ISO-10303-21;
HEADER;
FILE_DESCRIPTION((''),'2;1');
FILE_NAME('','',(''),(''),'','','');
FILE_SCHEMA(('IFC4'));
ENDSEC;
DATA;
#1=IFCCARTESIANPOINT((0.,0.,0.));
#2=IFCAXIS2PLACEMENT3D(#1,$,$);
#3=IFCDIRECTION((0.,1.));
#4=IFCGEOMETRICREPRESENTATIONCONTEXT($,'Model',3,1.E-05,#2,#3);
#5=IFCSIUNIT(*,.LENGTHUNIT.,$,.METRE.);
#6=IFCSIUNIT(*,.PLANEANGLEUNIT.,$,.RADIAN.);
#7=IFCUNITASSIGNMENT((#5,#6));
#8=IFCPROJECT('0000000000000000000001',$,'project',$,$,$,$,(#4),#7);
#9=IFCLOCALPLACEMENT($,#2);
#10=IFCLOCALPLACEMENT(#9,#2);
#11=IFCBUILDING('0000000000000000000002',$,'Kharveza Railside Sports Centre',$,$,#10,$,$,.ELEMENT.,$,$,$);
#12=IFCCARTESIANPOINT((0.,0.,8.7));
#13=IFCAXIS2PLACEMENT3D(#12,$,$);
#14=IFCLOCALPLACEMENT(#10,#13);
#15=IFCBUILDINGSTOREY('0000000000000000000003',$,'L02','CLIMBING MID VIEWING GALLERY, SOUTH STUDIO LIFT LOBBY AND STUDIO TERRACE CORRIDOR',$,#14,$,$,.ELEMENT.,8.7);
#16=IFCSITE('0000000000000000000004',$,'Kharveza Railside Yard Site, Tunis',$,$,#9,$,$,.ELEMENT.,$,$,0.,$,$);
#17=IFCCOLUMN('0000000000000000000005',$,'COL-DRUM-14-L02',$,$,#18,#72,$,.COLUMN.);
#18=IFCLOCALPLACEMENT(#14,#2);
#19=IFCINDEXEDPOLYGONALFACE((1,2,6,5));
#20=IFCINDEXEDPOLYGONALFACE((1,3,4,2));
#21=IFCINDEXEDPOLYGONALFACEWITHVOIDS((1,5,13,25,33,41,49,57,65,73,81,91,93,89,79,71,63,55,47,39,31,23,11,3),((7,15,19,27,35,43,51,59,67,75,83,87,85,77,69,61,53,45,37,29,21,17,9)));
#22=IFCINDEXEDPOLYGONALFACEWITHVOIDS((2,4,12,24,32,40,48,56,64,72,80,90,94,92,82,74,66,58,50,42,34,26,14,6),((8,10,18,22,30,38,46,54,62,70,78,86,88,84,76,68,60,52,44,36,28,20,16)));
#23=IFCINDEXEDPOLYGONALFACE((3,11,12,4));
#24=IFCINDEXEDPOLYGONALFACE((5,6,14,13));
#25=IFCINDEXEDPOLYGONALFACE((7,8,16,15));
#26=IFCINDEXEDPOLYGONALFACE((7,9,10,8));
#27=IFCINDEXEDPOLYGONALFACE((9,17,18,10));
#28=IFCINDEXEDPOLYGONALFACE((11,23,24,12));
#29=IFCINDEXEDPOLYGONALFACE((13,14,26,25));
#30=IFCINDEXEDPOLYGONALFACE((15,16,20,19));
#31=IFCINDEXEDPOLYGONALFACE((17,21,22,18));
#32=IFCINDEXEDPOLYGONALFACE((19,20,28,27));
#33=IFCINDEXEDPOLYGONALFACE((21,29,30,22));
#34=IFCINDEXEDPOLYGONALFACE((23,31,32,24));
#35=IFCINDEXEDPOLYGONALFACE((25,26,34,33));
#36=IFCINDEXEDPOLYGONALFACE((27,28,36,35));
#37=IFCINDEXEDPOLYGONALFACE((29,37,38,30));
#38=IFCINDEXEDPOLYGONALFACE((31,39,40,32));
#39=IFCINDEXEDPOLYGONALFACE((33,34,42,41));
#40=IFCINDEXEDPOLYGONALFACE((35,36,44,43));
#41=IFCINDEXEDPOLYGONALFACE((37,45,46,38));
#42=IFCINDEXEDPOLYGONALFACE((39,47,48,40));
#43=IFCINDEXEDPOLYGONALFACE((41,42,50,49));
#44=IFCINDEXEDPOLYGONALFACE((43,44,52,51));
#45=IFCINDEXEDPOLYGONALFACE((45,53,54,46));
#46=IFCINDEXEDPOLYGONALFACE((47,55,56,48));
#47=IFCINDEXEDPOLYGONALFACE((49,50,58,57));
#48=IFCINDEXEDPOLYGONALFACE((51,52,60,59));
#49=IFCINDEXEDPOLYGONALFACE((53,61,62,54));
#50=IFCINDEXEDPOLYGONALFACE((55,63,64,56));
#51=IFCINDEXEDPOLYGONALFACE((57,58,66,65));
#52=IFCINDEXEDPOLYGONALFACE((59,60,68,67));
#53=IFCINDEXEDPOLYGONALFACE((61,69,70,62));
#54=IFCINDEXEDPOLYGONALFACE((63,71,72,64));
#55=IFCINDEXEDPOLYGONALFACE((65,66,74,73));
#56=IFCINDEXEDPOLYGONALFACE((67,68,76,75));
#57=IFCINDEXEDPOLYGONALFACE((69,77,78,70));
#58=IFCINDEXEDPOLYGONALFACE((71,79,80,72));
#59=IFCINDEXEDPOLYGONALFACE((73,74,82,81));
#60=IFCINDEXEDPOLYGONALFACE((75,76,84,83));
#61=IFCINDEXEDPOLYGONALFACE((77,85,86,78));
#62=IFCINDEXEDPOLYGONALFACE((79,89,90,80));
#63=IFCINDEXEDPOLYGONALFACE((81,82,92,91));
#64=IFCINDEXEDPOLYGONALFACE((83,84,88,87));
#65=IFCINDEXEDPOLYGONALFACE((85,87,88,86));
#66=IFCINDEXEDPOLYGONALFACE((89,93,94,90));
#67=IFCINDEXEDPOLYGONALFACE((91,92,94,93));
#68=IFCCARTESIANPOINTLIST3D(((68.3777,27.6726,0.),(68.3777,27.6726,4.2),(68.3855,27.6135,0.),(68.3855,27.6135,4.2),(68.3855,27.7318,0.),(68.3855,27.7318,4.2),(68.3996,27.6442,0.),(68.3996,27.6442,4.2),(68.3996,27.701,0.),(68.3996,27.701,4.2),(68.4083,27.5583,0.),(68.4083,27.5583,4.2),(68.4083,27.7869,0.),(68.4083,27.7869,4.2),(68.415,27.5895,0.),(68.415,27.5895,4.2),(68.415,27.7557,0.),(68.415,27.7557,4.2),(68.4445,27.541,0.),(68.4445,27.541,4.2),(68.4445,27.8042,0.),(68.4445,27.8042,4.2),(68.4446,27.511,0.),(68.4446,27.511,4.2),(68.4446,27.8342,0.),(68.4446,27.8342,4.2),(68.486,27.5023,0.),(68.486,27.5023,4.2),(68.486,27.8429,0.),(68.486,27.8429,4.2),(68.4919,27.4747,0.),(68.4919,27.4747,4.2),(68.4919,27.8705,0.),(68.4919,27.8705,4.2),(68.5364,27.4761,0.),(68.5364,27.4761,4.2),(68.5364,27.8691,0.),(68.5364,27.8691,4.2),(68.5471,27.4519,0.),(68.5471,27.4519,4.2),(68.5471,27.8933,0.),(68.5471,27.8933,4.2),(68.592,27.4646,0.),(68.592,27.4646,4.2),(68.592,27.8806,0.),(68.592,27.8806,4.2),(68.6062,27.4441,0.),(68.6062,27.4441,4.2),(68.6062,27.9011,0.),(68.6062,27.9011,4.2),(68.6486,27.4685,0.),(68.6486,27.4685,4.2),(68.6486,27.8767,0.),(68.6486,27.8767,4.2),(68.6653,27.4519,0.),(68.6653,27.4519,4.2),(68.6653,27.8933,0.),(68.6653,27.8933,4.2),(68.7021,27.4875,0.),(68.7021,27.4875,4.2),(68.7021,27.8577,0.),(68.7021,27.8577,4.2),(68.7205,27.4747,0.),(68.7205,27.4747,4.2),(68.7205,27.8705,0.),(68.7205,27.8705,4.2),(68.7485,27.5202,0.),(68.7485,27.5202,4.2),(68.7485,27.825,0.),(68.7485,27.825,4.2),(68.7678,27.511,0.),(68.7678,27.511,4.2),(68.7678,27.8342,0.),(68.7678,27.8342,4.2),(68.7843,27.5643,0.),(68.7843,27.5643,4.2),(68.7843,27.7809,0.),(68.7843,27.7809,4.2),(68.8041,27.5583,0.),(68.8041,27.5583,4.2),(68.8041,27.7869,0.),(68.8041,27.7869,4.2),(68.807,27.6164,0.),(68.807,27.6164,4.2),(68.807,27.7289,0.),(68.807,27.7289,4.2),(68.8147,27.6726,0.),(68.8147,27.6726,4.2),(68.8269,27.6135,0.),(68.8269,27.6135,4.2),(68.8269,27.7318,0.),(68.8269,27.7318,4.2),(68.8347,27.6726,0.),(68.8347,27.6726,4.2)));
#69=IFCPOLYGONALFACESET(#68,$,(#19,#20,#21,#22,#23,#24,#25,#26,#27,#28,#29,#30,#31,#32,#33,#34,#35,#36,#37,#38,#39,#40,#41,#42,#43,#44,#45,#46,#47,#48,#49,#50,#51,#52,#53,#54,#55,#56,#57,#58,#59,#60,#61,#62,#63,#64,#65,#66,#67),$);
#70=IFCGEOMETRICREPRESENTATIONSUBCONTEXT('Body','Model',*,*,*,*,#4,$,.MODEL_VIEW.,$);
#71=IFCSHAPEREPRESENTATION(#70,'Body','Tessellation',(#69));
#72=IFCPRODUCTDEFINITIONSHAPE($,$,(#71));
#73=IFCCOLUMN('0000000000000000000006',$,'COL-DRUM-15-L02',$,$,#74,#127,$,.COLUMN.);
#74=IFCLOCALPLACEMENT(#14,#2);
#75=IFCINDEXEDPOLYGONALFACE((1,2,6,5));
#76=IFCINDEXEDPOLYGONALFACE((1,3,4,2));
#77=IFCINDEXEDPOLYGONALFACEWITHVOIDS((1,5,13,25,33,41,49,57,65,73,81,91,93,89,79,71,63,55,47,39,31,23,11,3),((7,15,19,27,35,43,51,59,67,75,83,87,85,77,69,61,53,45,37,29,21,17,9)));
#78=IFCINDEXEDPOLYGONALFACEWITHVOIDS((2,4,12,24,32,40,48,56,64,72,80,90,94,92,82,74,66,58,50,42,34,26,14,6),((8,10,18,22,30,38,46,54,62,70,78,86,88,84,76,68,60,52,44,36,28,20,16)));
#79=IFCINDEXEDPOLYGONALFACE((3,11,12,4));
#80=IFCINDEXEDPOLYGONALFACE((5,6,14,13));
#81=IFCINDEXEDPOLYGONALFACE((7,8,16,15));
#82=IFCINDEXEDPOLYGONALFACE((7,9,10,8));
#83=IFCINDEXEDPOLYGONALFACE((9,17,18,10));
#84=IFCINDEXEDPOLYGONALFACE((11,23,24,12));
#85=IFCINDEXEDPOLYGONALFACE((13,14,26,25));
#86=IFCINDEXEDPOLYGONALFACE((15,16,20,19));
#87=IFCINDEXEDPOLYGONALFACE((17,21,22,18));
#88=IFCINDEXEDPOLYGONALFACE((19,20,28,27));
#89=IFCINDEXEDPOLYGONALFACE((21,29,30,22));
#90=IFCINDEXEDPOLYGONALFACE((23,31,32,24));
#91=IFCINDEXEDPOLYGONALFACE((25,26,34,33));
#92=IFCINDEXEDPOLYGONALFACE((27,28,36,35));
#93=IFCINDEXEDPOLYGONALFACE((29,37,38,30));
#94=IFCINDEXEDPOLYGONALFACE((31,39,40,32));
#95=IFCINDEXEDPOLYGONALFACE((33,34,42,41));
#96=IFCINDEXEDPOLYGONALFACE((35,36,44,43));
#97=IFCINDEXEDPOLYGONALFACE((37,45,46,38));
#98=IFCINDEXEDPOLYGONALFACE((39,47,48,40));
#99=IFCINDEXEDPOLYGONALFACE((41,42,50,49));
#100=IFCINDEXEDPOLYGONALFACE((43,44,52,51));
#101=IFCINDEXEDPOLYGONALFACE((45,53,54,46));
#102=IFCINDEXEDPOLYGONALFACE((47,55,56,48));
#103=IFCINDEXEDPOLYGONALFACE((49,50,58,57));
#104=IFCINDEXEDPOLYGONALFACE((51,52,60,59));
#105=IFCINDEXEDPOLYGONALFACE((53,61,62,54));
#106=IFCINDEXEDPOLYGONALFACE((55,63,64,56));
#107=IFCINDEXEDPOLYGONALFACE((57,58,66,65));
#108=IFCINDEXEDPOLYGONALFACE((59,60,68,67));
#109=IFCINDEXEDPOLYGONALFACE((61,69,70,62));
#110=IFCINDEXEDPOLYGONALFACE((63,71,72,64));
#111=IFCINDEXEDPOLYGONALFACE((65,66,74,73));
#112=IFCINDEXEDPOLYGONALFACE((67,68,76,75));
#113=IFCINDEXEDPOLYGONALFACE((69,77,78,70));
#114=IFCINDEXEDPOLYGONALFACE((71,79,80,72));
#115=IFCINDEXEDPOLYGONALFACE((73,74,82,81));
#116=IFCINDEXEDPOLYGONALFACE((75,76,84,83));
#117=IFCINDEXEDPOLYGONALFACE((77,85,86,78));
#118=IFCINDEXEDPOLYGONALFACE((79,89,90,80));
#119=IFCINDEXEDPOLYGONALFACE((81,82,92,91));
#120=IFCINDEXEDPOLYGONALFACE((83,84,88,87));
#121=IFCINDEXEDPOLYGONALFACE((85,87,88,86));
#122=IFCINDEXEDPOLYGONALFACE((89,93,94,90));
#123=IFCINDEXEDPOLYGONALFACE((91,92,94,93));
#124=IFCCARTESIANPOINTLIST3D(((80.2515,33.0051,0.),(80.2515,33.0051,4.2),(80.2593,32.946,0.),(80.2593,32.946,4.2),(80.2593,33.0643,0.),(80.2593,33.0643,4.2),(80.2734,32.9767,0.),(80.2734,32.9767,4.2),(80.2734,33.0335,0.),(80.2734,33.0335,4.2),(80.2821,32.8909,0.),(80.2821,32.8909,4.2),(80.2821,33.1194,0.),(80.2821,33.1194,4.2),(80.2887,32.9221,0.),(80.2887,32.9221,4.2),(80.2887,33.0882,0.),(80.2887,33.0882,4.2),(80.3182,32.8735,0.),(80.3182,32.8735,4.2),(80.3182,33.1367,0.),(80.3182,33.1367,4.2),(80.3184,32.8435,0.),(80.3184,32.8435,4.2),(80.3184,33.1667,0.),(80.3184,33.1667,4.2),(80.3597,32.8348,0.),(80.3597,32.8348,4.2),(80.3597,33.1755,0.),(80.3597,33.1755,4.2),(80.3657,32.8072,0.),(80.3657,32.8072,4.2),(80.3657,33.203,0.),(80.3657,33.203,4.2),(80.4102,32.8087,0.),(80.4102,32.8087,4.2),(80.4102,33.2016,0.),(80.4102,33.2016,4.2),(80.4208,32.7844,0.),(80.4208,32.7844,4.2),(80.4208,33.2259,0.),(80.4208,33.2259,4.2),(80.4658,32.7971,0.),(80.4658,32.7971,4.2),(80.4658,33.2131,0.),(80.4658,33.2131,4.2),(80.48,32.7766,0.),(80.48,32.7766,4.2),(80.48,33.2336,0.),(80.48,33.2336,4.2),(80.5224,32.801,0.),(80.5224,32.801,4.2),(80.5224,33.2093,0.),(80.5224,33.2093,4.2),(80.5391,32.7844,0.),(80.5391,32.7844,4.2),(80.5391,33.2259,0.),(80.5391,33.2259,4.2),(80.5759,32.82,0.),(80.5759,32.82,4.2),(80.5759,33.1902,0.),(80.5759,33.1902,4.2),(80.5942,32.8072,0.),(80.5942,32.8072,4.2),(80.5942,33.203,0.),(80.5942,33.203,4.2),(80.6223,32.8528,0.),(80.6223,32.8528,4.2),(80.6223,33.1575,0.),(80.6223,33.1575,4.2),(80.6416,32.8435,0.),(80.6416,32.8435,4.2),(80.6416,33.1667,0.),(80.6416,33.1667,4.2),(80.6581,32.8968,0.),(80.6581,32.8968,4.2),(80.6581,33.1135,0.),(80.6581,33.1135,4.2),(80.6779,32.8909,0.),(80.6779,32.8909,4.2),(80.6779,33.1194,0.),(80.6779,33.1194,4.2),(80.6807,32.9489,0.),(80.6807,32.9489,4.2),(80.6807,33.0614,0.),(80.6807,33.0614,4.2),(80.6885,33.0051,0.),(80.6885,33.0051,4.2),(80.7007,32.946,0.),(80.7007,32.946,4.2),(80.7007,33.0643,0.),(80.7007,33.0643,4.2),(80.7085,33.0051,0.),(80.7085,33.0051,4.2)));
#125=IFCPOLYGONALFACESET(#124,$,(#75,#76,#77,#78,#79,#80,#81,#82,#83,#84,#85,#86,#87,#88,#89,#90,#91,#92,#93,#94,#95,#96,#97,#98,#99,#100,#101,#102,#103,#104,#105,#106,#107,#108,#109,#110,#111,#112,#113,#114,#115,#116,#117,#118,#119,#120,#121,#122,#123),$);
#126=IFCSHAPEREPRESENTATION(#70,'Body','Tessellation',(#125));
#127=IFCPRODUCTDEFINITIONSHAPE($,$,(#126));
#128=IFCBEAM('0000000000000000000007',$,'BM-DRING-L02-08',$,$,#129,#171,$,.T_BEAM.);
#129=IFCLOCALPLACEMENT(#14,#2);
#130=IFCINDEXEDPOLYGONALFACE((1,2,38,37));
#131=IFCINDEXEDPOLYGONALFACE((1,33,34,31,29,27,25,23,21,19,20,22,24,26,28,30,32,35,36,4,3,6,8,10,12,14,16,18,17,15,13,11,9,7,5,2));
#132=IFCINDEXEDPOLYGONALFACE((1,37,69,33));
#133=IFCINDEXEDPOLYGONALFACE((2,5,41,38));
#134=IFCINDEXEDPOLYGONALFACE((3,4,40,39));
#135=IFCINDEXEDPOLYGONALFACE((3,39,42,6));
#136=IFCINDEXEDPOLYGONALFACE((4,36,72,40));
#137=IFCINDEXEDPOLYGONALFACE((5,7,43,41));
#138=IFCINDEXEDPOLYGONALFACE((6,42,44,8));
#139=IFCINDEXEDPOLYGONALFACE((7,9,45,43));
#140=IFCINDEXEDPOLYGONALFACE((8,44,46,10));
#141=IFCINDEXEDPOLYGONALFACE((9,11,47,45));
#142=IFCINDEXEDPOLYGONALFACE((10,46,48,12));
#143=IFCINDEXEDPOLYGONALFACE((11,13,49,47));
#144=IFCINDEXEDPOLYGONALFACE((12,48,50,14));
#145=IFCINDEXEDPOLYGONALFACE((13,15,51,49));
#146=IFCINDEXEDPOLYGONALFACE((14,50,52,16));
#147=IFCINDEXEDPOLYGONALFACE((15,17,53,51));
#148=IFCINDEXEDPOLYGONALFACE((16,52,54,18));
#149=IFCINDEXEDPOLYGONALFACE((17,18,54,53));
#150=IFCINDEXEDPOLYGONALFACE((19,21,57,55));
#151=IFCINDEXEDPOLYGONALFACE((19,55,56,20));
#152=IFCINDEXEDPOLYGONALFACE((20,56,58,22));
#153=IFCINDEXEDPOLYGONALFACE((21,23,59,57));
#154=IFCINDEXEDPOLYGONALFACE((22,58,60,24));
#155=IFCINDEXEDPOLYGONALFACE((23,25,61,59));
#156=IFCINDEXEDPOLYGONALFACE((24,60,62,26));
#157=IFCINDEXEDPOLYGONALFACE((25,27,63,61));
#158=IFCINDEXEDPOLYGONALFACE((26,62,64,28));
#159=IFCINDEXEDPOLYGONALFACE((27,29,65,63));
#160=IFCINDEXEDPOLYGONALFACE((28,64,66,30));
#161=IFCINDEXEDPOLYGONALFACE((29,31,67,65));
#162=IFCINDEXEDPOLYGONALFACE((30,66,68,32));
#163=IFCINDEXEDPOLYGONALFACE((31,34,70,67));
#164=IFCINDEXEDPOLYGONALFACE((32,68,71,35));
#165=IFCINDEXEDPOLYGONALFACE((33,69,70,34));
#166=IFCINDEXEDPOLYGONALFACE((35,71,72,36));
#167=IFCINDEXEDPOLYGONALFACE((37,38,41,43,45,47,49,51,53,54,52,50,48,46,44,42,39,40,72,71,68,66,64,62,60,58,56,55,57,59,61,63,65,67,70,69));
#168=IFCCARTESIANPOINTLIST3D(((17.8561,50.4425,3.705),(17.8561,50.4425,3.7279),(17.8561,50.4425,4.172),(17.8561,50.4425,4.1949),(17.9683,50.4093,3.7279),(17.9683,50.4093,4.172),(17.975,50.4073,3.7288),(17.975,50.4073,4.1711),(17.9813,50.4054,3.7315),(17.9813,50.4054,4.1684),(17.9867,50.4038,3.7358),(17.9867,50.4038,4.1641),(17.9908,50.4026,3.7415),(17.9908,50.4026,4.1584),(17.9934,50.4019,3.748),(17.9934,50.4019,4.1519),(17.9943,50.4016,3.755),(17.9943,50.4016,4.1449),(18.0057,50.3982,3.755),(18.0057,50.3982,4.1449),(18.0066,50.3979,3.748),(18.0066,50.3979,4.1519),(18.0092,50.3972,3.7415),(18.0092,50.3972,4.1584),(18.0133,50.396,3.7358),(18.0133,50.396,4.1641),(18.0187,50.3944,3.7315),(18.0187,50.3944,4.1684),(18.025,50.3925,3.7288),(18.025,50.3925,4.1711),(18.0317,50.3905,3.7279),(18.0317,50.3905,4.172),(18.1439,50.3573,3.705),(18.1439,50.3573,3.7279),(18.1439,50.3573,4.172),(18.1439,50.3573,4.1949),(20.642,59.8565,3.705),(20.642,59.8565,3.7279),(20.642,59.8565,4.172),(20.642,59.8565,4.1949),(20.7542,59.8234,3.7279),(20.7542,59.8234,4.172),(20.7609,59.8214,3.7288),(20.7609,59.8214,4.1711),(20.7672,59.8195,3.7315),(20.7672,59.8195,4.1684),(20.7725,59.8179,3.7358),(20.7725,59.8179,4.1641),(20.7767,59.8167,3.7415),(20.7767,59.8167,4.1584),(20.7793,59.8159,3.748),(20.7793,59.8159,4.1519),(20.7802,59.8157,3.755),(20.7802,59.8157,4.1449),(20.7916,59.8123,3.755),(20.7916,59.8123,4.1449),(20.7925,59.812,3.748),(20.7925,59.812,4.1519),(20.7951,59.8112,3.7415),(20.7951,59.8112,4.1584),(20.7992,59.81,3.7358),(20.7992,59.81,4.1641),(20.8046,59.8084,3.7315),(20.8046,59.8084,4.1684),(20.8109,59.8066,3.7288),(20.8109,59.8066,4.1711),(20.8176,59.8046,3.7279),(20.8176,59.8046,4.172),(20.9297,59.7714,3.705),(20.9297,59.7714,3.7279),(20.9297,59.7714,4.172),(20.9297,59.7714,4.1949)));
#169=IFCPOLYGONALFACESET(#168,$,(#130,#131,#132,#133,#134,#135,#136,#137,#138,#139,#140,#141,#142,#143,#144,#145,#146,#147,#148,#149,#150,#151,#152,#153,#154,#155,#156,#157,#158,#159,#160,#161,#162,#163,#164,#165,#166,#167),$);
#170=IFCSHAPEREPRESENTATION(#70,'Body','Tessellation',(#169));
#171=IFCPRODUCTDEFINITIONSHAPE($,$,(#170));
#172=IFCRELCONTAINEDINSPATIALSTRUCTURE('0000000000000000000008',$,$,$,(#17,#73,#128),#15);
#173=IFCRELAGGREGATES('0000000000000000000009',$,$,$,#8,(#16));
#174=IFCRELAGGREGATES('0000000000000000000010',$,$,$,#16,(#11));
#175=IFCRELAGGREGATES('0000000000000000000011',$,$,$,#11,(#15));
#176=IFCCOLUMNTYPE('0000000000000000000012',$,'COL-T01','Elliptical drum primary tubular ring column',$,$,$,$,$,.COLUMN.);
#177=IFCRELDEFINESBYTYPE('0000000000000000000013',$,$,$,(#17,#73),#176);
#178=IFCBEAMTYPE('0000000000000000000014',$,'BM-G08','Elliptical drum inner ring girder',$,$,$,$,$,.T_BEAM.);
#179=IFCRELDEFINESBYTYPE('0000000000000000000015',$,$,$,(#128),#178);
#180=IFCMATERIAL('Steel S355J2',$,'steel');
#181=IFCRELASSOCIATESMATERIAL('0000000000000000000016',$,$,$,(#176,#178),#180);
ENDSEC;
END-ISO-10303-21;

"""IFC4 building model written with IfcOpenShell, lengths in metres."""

from ifc_helpers import new_model, si_unit, direction, frame, origin, origin_2d, place, context, subcontext, project, spatial, hollow_circle, i_section, extrude, material, material_profile, profile_set, type_object, element, save


model = new_model("IFC4")

# Units and contexts
model_context = context("Model", 3, precision=1e-05, world=origin(), true_north=direction((0.0, 1.0)))
body_context = subcontext(model_context, "Body", "Model", "MODEL_VIEW")
ifc_project = project(units=[si_unit("LENGTHUNIT", "METRE"), si_unit("PLANEANGLEUNIT", "RADIAN")], contexts=[model_context])

# Site, building, storey
site_placement = place(None, origin())
site = spatial("IfcSite", under=ifc_project, at=site_placement, Name="Kharveza Railside Yard Site, Tunis", CompositionType="ELEMENT", RefElevation=0.0)
building_placement = place(site_placement, origin())
building = spatial("IfcBuilding", under=site, at=building_placement, Name="Kharveza Railside Sports Centre", CompositionType="ELEMENT")
storey_placement = place(building_placement, frame((0.0, 0.0, 8.7)))
storey = spatial("IfcBuildingStorey", under=building, at=storey_placement, Name="L02", Description="CLIMBING MID VIEWING GALLERY, SOUTH STUDIO LIFT LOBBY AND STUDIO TERRACE CORRIDOR", CompositionType="ELEMENT", Elevation=8.7)

# Columns
ifc_material_1 = material(Name="Steel S355J2", Category="steel")
ifc_material_profile_1 = material_profile(ifc_material_1, hollow_circle(Radius=0.2285, WallThickness=0.02, at=origin_2d()), Name="CHS 457.0x20.0")
ifc_profile_set_1 = profile_set([ifc_material_profile_1], Name="Steel S355J2")
column_type = type_object("IfcColumnType", Name="COL-T01", Description="Elliptical drum primary tubular ring column", PredefinedType="COLUMN", material=ifc_profile_set_1)
for number, where, z_axis, x_axis, name in (
    (1, (68.6062, 27.6726, 0.0), (0.0, 0.0, 1.0), (1.0, 0.0, 0.0), "COL-DRUM-14-L02"),
    (2, (80.48, 33.0051, 0.0), (0.0, 0.0, 1.0), (1.0, 0.0, 0.0), "COL-DRUM-15-L02"),
):
    element("IfcColumn", number, at=place(storey_placement, frame(where, z_axis=z_axis, x_axis=x_axis)), inside=storey, type_object=column_type, Name=name, PredefinedType="COLUMN", context=body_context, shape_type="SweptSolid", body=[
        extrude(hollow_circle(Radius=0.2285, WallThickness=0.02, at=origin_2d()), origin(), (0.0, 0.0, 1.0), 4.2),
    ])

# Beam
ifc_material_profile_2 = material_profile(ifc_material_1, i_section(OverallWidth=0.3, OverallDepth=0.49, WebThickness=0.012, FlangeThickness=0.0229, FilletRadius=0.0271, at=origin_2d()), Name="HEA 500")
ifc_profile_set_2 = profile_set([ifc_material_profile_2], Name="Steel S355J2")
beam_type_1 = type_object("IfcBeamType", Name="BM-G08", Description="Elliptical drum inner ring girder", PredefinedType="T_BEAM", material=ifc_profile_set_2)
beam_1_placement = place(storey_placement, frame((20.7859, 59.814, 3.95), z_axis=(-0.283764, -0.958894, 0.0), x_axis=(0.958894, -0.283764, 0.0)))
element("IfcBeam", 3, at=beam_1_placement, inside=storey, type_object=beam_type_1, Name="BM-DRING-L02-08", PredefinedType="T_BEAM", context=body_context, shape_type="SweptSolid", body=[
    extrude(i_section(OverallWidth=0.3, OverallDepth=0.49, WebThickness=0.012, FlangeThickness=0.0229, FilletRadius=0.0271, at=origin_2d()), origin(), (0.0, 0.0, 1.0), 9.8176),
])

save(model, "model.ifc")
